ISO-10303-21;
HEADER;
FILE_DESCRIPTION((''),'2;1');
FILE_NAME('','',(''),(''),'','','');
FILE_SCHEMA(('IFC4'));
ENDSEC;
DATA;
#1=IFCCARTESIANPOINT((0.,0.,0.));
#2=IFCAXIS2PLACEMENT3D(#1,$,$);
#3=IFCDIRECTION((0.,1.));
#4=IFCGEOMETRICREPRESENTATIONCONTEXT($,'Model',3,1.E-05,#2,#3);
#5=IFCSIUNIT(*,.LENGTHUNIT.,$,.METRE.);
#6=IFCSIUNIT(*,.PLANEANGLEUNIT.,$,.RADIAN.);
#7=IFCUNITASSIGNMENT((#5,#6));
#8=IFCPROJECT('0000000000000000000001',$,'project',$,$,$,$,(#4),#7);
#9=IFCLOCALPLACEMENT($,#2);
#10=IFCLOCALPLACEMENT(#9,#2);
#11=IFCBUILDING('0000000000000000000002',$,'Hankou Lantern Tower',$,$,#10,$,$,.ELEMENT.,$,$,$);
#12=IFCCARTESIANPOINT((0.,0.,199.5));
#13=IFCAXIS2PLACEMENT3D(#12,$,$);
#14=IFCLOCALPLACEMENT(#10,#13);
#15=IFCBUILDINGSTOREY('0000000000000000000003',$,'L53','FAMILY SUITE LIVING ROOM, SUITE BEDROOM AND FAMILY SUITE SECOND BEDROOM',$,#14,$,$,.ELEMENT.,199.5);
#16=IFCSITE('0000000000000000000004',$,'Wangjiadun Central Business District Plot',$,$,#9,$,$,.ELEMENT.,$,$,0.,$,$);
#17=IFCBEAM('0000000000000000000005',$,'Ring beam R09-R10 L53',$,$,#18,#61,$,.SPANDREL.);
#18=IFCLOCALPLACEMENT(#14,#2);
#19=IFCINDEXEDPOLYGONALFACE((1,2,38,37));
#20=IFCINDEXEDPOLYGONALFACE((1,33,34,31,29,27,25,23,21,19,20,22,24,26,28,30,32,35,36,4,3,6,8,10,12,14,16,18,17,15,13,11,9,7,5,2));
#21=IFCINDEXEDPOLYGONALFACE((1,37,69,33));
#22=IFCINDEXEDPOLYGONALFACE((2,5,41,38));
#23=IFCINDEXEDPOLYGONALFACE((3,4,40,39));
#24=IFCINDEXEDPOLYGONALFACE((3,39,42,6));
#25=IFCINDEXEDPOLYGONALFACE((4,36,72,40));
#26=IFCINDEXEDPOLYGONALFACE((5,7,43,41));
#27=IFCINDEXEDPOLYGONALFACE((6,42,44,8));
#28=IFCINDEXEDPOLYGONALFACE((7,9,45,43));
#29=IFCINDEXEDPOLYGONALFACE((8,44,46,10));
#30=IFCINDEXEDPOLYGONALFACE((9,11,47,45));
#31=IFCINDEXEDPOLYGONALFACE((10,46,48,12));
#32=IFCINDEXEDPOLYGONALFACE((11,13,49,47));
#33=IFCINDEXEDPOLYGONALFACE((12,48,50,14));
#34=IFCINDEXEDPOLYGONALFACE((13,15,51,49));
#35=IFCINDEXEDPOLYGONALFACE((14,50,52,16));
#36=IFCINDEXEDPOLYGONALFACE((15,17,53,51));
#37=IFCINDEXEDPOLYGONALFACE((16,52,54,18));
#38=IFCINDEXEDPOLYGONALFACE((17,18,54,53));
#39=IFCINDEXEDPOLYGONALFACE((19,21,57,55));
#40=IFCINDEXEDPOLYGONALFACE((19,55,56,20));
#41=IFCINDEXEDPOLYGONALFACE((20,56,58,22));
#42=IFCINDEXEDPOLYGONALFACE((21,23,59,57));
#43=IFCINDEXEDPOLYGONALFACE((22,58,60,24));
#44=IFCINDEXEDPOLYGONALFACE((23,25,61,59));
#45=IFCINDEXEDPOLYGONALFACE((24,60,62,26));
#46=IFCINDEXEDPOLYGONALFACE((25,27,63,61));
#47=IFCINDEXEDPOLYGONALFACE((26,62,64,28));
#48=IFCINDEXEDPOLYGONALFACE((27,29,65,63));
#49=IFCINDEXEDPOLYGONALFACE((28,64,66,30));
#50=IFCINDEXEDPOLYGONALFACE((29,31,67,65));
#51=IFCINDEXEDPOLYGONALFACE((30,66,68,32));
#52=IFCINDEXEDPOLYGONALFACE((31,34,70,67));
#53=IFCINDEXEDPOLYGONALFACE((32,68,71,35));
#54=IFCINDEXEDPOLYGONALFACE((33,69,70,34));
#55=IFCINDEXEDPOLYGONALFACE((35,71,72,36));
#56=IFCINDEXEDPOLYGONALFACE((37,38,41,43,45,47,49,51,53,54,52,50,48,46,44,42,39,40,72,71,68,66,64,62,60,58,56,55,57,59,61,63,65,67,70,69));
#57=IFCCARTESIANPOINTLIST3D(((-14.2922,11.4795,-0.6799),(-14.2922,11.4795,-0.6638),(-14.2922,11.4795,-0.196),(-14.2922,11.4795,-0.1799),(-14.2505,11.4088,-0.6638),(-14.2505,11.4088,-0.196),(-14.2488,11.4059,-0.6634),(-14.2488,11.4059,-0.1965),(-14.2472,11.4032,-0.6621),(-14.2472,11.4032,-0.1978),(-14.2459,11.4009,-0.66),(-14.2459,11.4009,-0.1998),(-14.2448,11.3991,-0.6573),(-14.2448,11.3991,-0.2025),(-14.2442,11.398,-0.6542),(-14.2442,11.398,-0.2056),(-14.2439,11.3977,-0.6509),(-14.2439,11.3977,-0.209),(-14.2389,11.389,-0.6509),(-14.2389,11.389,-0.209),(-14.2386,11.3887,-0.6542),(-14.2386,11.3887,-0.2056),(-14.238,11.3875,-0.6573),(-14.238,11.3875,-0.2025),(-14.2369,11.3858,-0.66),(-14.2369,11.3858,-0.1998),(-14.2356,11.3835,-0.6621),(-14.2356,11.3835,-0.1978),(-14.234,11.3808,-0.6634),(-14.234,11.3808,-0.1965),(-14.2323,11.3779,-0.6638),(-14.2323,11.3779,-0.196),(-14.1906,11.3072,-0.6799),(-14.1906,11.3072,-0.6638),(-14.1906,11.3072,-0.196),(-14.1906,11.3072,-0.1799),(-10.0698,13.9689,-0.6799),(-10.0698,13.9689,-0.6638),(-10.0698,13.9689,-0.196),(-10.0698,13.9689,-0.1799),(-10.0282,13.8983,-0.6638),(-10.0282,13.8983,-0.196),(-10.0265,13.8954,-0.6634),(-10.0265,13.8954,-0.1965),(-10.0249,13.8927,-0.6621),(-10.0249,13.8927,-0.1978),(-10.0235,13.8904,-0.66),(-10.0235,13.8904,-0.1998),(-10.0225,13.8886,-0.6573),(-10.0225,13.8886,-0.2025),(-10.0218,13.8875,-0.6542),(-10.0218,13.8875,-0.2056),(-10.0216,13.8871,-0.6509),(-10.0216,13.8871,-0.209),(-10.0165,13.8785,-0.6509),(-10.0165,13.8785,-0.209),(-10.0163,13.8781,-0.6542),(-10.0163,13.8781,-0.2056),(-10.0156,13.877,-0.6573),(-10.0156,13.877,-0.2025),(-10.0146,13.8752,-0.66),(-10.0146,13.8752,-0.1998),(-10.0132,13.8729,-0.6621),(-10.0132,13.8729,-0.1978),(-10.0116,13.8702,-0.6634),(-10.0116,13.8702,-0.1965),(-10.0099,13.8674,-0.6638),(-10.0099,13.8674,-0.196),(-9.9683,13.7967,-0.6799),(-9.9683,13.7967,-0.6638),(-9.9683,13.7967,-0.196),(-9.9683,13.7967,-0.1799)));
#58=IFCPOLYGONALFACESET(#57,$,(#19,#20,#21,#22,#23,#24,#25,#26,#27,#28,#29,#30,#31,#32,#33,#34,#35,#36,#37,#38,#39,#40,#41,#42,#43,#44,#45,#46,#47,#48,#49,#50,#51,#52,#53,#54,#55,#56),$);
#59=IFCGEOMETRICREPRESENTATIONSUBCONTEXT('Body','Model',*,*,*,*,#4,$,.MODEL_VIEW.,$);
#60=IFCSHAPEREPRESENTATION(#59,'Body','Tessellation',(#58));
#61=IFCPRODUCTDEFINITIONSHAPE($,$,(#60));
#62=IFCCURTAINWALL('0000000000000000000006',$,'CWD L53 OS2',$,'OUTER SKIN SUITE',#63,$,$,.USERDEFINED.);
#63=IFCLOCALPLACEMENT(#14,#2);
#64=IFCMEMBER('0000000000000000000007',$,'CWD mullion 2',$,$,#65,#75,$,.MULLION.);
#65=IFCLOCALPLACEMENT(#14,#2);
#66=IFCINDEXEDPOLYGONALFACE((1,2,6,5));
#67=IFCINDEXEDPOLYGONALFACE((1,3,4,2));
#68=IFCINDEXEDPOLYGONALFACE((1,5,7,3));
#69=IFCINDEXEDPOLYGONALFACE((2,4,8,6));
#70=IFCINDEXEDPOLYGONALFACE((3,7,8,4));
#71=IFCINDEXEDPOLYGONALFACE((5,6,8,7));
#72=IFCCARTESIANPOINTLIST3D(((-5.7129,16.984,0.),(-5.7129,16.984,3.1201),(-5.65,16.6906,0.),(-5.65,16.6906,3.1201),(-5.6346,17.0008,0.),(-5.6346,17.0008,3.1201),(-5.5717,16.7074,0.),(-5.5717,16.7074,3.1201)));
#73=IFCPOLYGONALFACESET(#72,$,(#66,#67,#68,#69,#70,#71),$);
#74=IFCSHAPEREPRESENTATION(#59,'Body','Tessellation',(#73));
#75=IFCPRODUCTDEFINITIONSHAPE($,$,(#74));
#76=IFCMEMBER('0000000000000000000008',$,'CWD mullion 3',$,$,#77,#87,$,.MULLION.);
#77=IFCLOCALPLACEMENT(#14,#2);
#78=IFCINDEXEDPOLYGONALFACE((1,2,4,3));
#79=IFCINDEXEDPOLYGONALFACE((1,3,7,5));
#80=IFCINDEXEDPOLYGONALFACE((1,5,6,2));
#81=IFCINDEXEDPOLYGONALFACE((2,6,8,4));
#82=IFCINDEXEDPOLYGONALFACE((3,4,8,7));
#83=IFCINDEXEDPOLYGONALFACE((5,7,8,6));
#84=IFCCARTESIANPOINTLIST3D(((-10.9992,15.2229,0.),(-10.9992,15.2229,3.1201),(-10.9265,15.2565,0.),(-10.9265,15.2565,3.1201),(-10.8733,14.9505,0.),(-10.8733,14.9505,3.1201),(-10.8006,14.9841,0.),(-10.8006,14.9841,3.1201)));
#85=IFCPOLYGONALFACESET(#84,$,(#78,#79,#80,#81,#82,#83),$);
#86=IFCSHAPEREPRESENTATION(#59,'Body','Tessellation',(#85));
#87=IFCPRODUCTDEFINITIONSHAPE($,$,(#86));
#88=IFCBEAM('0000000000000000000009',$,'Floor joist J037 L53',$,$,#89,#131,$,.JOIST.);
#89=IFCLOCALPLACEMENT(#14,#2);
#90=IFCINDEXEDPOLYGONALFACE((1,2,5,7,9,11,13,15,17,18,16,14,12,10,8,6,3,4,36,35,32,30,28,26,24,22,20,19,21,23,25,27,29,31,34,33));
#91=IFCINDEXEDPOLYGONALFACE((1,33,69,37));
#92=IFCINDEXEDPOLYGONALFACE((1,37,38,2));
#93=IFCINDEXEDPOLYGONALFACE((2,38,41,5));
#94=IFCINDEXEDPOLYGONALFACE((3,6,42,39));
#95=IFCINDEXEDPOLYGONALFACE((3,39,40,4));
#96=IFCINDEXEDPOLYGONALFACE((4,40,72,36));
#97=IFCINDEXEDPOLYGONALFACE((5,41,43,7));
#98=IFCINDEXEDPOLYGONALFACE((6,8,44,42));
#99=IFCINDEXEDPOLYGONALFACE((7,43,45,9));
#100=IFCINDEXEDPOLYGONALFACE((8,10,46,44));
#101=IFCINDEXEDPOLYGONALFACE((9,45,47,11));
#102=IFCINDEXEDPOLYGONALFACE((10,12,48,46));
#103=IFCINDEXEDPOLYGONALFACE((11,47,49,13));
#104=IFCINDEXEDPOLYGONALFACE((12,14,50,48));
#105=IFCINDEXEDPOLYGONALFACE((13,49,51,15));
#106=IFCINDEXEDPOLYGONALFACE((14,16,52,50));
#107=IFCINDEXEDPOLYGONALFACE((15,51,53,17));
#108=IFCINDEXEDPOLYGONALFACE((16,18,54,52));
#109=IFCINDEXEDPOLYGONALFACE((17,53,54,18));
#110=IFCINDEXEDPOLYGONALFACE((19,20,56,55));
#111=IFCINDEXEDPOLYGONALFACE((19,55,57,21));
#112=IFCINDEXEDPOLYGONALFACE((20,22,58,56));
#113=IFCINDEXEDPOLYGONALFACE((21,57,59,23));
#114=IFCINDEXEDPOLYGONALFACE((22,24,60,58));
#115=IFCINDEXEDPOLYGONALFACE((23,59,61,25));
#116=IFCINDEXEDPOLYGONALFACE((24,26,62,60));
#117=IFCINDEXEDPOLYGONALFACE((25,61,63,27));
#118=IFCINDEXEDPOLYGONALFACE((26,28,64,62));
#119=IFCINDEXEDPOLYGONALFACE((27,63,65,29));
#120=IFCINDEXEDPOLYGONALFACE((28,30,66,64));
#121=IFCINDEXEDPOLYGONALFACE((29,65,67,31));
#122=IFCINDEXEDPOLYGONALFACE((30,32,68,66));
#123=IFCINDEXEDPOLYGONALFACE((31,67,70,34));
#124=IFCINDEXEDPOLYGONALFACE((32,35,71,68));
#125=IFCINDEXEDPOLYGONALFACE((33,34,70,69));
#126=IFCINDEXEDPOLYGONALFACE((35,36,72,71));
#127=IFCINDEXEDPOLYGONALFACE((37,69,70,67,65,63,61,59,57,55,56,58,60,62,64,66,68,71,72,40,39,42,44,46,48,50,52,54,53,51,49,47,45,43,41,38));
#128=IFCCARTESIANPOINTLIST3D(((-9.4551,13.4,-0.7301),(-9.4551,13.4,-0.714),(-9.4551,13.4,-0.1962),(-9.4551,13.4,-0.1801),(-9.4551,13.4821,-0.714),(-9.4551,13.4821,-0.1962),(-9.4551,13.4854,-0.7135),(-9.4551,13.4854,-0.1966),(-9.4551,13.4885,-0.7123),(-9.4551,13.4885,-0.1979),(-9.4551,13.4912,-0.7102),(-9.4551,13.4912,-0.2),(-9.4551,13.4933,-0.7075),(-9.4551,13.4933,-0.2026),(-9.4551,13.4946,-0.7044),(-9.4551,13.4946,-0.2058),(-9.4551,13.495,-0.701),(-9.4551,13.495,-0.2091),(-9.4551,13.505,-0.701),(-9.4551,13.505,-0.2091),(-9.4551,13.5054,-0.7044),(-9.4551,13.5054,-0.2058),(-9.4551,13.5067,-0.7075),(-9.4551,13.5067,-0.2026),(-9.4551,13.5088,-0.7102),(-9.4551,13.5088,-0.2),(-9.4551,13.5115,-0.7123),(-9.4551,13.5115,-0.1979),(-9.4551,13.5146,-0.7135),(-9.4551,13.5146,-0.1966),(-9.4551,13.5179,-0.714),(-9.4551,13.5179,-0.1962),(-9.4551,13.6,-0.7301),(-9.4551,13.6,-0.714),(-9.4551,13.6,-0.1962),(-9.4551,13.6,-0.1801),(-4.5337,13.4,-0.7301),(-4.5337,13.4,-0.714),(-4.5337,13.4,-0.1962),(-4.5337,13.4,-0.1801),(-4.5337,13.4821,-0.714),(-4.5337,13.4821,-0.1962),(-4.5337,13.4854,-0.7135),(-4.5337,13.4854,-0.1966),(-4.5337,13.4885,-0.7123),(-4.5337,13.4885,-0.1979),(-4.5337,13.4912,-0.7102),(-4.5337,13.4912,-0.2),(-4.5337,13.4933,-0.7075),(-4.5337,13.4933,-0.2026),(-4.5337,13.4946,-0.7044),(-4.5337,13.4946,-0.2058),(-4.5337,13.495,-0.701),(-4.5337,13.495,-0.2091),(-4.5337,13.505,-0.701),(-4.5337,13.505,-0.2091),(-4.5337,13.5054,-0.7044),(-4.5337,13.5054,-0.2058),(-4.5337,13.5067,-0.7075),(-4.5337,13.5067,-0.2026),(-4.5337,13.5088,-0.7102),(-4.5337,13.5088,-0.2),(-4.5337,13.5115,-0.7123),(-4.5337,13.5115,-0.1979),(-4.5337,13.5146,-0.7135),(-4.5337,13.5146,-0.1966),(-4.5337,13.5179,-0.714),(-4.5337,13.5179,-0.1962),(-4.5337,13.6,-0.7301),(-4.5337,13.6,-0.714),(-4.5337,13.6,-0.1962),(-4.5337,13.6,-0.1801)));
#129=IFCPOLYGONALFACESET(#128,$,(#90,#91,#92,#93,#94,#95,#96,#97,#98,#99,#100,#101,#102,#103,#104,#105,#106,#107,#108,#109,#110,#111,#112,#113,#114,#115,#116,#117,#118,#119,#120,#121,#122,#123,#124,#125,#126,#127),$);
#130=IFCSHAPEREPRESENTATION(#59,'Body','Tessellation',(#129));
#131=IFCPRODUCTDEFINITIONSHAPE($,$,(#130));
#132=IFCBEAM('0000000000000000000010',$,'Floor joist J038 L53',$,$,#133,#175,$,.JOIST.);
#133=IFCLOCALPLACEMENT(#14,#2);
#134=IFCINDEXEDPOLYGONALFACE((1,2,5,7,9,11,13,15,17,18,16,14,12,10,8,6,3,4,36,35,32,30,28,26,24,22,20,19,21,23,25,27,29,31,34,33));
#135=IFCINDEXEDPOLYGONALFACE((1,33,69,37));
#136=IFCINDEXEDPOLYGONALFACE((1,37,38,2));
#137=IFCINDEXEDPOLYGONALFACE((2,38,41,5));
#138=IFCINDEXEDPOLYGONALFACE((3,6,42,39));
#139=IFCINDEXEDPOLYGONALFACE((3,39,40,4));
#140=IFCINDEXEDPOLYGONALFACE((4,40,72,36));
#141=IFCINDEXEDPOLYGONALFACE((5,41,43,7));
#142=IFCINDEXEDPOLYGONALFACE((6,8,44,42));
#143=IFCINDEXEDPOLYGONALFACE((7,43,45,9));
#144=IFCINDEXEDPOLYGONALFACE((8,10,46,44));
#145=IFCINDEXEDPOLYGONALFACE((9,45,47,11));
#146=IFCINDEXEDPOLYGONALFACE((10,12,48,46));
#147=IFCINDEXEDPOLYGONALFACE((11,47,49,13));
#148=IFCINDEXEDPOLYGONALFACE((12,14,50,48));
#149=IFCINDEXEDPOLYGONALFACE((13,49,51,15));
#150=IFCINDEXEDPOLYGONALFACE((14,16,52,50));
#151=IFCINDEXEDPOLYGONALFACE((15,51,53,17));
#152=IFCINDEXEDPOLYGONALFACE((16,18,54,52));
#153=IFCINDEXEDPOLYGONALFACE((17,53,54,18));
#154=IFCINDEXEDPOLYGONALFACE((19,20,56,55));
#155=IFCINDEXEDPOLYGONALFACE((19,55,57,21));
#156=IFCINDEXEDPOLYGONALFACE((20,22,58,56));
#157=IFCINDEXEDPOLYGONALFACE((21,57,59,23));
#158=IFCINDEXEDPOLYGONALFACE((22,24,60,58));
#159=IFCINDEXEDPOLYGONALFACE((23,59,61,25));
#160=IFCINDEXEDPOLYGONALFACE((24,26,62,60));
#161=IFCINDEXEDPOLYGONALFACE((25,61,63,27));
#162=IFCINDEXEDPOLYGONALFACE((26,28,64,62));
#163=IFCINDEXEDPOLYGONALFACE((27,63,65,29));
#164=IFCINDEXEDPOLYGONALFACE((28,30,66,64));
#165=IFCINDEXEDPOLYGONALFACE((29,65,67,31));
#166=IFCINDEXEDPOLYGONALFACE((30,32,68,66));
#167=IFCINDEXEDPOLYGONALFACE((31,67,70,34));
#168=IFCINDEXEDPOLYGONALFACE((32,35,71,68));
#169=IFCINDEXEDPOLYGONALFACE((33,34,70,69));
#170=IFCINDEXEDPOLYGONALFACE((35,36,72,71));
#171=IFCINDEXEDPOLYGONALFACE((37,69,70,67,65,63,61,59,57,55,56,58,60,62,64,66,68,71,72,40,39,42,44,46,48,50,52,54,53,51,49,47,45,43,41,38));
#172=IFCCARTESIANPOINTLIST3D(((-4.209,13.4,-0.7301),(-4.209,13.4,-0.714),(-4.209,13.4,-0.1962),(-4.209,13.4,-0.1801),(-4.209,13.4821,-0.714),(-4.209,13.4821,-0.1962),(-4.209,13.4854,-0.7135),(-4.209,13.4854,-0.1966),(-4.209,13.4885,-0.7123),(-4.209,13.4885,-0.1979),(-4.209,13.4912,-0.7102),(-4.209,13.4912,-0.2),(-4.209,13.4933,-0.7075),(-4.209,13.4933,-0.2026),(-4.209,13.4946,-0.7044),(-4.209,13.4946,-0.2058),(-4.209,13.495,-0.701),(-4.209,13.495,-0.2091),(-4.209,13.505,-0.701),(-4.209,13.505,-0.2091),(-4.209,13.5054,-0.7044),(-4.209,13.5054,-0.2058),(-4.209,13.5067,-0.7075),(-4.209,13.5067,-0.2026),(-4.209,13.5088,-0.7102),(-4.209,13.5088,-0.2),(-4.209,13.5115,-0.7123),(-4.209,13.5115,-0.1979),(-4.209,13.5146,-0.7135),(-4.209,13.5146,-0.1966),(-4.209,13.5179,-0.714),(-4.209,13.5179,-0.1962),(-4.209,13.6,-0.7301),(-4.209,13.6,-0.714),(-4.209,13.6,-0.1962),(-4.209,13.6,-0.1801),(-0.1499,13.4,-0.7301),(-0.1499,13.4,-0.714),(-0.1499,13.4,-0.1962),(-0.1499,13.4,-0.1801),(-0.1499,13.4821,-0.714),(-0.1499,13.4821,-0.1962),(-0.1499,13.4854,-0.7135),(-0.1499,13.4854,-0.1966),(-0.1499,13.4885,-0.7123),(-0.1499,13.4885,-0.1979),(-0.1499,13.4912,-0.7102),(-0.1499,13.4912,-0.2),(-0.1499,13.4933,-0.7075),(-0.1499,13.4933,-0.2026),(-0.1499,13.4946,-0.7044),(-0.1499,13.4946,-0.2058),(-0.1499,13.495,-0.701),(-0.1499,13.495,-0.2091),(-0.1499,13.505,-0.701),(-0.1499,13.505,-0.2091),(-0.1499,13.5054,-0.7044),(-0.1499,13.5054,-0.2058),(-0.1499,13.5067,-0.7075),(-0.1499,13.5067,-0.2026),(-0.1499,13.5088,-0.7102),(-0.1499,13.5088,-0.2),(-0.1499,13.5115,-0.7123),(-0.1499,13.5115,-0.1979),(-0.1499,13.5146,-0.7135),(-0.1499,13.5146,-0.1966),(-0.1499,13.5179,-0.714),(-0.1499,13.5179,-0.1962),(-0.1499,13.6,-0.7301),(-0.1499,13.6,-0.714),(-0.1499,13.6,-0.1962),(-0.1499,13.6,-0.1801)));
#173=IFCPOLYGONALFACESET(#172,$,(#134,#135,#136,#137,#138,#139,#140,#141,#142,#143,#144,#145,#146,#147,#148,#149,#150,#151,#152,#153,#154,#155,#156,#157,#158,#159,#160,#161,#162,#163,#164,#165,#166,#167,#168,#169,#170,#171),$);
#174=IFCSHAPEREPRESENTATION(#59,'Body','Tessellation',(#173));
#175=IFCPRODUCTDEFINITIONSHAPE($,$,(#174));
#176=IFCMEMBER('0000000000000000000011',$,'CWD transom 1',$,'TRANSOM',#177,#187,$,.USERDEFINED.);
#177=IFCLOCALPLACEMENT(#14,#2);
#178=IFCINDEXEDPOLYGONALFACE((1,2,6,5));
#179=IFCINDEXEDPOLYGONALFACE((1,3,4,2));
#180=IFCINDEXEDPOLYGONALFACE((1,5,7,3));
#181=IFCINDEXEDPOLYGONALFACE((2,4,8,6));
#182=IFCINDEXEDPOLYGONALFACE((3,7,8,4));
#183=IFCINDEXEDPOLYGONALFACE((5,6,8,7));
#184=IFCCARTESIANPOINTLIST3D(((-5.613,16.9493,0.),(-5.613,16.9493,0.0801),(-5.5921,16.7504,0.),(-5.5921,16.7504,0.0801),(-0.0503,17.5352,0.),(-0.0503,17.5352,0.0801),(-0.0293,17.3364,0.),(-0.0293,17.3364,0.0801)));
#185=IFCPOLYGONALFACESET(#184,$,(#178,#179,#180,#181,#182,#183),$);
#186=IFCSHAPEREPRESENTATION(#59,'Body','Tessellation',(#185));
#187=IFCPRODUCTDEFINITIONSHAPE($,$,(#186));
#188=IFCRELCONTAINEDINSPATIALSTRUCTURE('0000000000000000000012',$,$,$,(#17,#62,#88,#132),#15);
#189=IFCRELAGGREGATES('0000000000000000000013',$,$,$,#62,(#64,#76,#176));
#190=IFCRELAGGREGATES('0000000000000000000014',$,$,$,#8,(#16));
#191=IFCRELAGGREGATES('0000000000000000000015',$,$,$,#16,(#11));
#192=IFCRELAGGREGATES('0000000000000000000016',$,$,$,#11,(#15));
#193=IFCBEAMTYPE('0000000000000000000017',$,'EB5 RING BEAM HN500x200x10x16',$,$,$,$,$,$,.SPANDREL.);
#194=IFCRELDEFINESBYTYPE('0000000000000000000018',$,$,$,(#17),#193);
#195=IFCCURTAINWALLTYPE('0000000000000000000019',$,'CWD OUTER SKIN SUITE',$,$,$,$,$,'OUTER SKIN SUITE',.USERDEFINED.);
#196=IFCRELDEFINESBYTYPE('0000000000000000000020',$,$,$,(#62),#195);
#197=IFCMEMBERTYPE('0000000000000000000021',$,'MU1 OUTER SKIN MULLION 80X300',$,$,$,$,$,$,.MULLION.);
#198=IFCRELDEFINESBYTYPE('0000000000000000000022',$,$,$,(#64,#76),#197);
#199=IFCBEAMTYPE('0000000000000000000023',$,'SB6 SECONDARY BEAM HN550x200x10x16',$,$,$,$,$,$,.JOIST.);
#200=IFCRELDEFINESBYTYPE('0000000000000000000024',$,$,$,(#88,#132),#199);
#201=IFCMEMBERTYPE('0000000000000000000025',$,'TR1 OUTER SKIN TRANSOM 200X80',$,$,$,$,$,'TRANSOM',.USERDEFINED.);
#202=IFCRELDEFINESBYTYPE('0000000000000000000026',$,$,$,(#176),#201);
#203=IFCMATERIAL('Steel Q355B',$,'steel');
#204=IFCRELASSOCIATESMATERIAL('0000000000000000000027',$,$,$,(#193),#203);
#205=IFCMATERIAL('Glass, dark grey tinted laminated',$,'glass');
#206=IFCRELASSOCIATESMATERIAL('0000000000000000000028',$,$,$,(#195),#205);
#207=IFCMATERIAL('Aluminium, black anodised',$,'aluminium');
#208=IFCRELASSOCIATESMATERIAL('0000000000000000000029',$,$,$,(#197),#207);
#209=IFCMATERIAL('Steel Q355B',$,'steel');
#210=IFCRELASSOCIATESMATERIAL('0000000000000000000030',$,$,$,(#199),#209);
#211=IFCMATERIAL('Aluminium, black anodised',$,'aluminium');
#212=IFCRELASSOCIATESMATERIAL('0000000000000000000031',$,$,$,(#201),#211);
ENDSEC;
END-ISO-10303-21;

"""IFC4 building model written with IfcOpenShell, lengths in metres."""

from ifc_helpers import new_model, si_unit, direction, frame, origin, origin_2d, place, context, subcontext, project, spatial, rectangle, i_section, extrude, material, material_profile, profile_set, type_object, element, aggregate, save


model = new_model("IFC4")

# Units and contexts
model_context = context("Model", 3, precision=1e-05, world=origin(), true_north=direction((0.0, 1.0)))
body_context = subcontext(model_context, "Body", "Model", "MODEL_VIEW")
ifc_project = project(units=[si_unit("LENGTHUNIT", "METRE"), si_unit("PLANEANGLEUNIT", "RADIAN")], contexts=[model_context])

# Site, building, storey
site_placement = place(None, origin())
site = spatial("IfcSite", under=ifc_project, at=site_placement, Name="Wangjiadun Central Business District Plot", CompositionType="ELEMENT", RefElevation=0.0)
building_placement = place(site_placement, origin())
building = spatial("IfcBuilding", under=site, at=building_placement, Name="Hankou Lantern Tower", CompositionType="ELEMENT")
storey_placement = place(building_placement, frame((0.0, 0.0, 199.5)))
storey = spatial("IfcBuildingStorey", under=building, at=storey_placement, Name="L53", Description="FAMILY SUITE LIVING ROOM, SUITE BEDROOM AND FAMILY SUITE SECOND BEDROOM", CompositionType="ELEMENT", Elevation=199.5)

# Beam
ifc_material_1 = material(Name="Steel Q355B", Category="steel")
ifc_material_profile_1 = material_profile(ifc_material_1, i_section(OverallWidth=0.2, OverallDepth=0.5, WebThickness=0.01, FlangeThickness=0.0161, FilletRadius=0.0129, at=origin_2d()), Name="HN500x200x10x16")
ifc_profile_set_1 = profile_set([ifc_material_profile_1], Name="Steel Q355B")
beam_type_1 = type_object("IfcBeamType", Name="EB5 RING BEAM HN500x200x10x16", PredefinedType="SPANDREL", material=ifc_profile_set_1)
beam_1_placement = place(storey_placement, frame((-10.019, 13.8828, -0.4299), z_axis=(-0.861423, -0.507888, 0.0), x_axis=(0.507888, -0.861423, 0.0)))
element("IfcBeam", 1, at=beam_1_placement, inside=storey, type_object=beam_type_1, Name="Ring beam R09-R10 L53", PredefinedType="SPANDREL", context=body_context, shape_type="SweptSolid", body=[
    extrude(i_section(OverallWidth=0.2, OverallDepth=0.5, WebThickness=0.01, FlangeThickness=0.0161, FilletRadius=0.0129, at=origin_2d()), origin(), (0.0, 0.0, 1.0), 4.9016),
])

# Curtain wall, members
ifc_material_2 = material(Name="Glass, dark grey tinted laminated", Category="glass")
curtain_wall_type = type_object("IfcCurtainWallType", Name="CWD OUTER SKIN SUITE", ElementType="OUTER SKIN SUITE", PredefinedType="USERDEFINED", material=ifc_material_2)
curtain_wall_placement = place(storey_placement, origin())
curtain_wall = element("IfcCurtainWall", 2, at=curtain_wall_placement, inside=storey, type_object=curtain_wall_type, Name="CWD L53 OS2", ObjectType="OUTER SKIN SUITE", PredefinedType="USERDEFINED")
ifc_material_3 = material(Name="Aluminium, black anodised", Category="aluminium")
ifc_material_profile_2 = material_profile(ifc_material_3, rectangle(XDim=0.0801, YDim=0.3, at=origin_2d()), Name="MU1 80X300")
ifc_profile_set_2 = profile_set([ifc_material_profile_2], Name="Aluminium, black anodised")
member_type_1 = type_object("IfcMemberType", Name="MU1 OUTER SKIN MULLION 80X300", PredefinedType="MULLION", material=ifc_profile_set_2)
member_1_placement = place(storey_placement, frame((-5.6423, 16.8457, 0.0), z_axis=(0.0, 0.0, 1.0), x_axis=(-0.977788, -0.209598, 0.0)))
member_1 = element("IfcMember", 3, at=member_1_placement, type_object=member_type_1, Name="CWD mullion 2", PredefinedType="MULLION", context=body_context, shape_type="SweptSolid", body=[
    extrude(rectangle(XDim=0.0801, YDim=0.3, at=origin_2d()), origin(), (0.0, 0.0, 1.0), 3.1201),
])
member_2_placement = place(storey_placement, frame((-10.8999, 15.1035, 0.0), z_axis=(0.0, 0.0, 1.0), x_axis=(-0.907841, -0.419314, 0.0)))
member_2 = element("IfcMember", 4, at=member_2_placement, type_object=member_type_1, Name="CWD mullion 3", PredefinedType="MULLION", context=body_context, shape_type="SweptSolid", body=[
    extrude(rectangle(XDim=0.0801, YDim=0.3, at=origin_2d()), origin(), (0.0, 0.0, 1.0), 3.1201),
])

# Beams
ifc_material_4 = material(Name="Steel Q355B", Category="steel")
ifc_material_profile_3 = material_profile(ifc_material_4, i_section(OverallWidth=0.2, OverallDepth=0.55, WebThickness=0.01, FlangeThickness=0.0161, FilletRadius=0.0129, at=origin_2d()), Name="HN550x200x10x16")
ifc_profile_set_3 = profile_set([ifc_material_profile_3], Name="Steel Q355B")
beam_type_2 = type_object("IfcBeamType", Name="SB6 SECONDARY BEAM HN550x200x10x16", PredefinedType="JOIST", material=ifc_profile_set_3)
beam_2_placement = place(storey_placement, frame((-9.4551, 13.5, -0.4551), z_axis=(1.0, 0.0, 0.0), x_axis=(0.0, 1.0, 0.0)))
element("IfcBeam", 5, at=beam_2_placement, inside=storey, type_object=beam_type_2, Name="Floor joist J037 L53", PredefinedType="JOIST", context=body_context, shape_type="SweptSolid", body=[
    extrude(i_section(OverallWidth=0.2, OverallDepth=0.55, WebThickness=0.01, FlangeThickness=0.0161, FilletRadius=0.0129, at=origin_2d()), origin(), (0.0, 0.0, 1.0), 4.9214),
])
beam_3_placement = place(storey_placement, frame((-4.209, 13.5, -0.4551), z_axis=(1.0, 0.0, 0.0), x_axis=(0.0, 1.0, 0.0)))
element("IfcBeam", 6, at=beam_3_placement, inside=storey, type_object=beam_type_2, Name="Floor joist J038 L53", PredefinedType="JOIST", context=body_context, shape_type="SweptSolid", body=[
    extrude(i_section(OverallWidth=0.2, OverallDepth=0.55, WebThickness=0.01, FlangeThickness=0.0161, FilletRadius=0.0129, at=origin_2d()), origin(), (0.0, 0.0, 1.0), 4.0591),
])

# Member
ifc_material_5 = material(Name="Aluminium, black anodised", Category="aluminium")
ifc_material_profile_4 = material_profile(ifc_material_5, rectangle(XDim=0.2, YDim=0.0801, at=origin_2d()), Name="TR1 200X80")
ifc_profile_set_4 = profile_set([ifc_material_profile_4], Name="Aluminium, black anodised")
member_type_2 = type_object("IfcMemberType", Name="TR1 OUTER SKIN TRANSOM 200X80", ElementType="TRANSOM", PredefinedType="USERDEFINED", material=ifc_profile_set_4)
member_3_placement = place(storey_placement, frame((-0.0398, 17.4358, 0.04), z_axis=(-0.994498, -0.104753, 0.0), x_axis=(0.104753, -0.994498, 0.0)))
member_3 = element("IfcMember", 7, at=member_3_placement, type_object=member_type_2, Name="CWD transom 1", ObjectType="TRANSOM", PredefinedType="USERDEFINED", context=body_context, shape_type="SweptSolid", body=[
    extrude(rectangle(XDim=0.2, YDim=0.0801, at=origin_2d()), origin(), (0.0, 0.0, 1.0), 5.5935),
])

aggregate(curtain_wall, [member_1, member_2, member_3])

save(model, "model.ifc")
